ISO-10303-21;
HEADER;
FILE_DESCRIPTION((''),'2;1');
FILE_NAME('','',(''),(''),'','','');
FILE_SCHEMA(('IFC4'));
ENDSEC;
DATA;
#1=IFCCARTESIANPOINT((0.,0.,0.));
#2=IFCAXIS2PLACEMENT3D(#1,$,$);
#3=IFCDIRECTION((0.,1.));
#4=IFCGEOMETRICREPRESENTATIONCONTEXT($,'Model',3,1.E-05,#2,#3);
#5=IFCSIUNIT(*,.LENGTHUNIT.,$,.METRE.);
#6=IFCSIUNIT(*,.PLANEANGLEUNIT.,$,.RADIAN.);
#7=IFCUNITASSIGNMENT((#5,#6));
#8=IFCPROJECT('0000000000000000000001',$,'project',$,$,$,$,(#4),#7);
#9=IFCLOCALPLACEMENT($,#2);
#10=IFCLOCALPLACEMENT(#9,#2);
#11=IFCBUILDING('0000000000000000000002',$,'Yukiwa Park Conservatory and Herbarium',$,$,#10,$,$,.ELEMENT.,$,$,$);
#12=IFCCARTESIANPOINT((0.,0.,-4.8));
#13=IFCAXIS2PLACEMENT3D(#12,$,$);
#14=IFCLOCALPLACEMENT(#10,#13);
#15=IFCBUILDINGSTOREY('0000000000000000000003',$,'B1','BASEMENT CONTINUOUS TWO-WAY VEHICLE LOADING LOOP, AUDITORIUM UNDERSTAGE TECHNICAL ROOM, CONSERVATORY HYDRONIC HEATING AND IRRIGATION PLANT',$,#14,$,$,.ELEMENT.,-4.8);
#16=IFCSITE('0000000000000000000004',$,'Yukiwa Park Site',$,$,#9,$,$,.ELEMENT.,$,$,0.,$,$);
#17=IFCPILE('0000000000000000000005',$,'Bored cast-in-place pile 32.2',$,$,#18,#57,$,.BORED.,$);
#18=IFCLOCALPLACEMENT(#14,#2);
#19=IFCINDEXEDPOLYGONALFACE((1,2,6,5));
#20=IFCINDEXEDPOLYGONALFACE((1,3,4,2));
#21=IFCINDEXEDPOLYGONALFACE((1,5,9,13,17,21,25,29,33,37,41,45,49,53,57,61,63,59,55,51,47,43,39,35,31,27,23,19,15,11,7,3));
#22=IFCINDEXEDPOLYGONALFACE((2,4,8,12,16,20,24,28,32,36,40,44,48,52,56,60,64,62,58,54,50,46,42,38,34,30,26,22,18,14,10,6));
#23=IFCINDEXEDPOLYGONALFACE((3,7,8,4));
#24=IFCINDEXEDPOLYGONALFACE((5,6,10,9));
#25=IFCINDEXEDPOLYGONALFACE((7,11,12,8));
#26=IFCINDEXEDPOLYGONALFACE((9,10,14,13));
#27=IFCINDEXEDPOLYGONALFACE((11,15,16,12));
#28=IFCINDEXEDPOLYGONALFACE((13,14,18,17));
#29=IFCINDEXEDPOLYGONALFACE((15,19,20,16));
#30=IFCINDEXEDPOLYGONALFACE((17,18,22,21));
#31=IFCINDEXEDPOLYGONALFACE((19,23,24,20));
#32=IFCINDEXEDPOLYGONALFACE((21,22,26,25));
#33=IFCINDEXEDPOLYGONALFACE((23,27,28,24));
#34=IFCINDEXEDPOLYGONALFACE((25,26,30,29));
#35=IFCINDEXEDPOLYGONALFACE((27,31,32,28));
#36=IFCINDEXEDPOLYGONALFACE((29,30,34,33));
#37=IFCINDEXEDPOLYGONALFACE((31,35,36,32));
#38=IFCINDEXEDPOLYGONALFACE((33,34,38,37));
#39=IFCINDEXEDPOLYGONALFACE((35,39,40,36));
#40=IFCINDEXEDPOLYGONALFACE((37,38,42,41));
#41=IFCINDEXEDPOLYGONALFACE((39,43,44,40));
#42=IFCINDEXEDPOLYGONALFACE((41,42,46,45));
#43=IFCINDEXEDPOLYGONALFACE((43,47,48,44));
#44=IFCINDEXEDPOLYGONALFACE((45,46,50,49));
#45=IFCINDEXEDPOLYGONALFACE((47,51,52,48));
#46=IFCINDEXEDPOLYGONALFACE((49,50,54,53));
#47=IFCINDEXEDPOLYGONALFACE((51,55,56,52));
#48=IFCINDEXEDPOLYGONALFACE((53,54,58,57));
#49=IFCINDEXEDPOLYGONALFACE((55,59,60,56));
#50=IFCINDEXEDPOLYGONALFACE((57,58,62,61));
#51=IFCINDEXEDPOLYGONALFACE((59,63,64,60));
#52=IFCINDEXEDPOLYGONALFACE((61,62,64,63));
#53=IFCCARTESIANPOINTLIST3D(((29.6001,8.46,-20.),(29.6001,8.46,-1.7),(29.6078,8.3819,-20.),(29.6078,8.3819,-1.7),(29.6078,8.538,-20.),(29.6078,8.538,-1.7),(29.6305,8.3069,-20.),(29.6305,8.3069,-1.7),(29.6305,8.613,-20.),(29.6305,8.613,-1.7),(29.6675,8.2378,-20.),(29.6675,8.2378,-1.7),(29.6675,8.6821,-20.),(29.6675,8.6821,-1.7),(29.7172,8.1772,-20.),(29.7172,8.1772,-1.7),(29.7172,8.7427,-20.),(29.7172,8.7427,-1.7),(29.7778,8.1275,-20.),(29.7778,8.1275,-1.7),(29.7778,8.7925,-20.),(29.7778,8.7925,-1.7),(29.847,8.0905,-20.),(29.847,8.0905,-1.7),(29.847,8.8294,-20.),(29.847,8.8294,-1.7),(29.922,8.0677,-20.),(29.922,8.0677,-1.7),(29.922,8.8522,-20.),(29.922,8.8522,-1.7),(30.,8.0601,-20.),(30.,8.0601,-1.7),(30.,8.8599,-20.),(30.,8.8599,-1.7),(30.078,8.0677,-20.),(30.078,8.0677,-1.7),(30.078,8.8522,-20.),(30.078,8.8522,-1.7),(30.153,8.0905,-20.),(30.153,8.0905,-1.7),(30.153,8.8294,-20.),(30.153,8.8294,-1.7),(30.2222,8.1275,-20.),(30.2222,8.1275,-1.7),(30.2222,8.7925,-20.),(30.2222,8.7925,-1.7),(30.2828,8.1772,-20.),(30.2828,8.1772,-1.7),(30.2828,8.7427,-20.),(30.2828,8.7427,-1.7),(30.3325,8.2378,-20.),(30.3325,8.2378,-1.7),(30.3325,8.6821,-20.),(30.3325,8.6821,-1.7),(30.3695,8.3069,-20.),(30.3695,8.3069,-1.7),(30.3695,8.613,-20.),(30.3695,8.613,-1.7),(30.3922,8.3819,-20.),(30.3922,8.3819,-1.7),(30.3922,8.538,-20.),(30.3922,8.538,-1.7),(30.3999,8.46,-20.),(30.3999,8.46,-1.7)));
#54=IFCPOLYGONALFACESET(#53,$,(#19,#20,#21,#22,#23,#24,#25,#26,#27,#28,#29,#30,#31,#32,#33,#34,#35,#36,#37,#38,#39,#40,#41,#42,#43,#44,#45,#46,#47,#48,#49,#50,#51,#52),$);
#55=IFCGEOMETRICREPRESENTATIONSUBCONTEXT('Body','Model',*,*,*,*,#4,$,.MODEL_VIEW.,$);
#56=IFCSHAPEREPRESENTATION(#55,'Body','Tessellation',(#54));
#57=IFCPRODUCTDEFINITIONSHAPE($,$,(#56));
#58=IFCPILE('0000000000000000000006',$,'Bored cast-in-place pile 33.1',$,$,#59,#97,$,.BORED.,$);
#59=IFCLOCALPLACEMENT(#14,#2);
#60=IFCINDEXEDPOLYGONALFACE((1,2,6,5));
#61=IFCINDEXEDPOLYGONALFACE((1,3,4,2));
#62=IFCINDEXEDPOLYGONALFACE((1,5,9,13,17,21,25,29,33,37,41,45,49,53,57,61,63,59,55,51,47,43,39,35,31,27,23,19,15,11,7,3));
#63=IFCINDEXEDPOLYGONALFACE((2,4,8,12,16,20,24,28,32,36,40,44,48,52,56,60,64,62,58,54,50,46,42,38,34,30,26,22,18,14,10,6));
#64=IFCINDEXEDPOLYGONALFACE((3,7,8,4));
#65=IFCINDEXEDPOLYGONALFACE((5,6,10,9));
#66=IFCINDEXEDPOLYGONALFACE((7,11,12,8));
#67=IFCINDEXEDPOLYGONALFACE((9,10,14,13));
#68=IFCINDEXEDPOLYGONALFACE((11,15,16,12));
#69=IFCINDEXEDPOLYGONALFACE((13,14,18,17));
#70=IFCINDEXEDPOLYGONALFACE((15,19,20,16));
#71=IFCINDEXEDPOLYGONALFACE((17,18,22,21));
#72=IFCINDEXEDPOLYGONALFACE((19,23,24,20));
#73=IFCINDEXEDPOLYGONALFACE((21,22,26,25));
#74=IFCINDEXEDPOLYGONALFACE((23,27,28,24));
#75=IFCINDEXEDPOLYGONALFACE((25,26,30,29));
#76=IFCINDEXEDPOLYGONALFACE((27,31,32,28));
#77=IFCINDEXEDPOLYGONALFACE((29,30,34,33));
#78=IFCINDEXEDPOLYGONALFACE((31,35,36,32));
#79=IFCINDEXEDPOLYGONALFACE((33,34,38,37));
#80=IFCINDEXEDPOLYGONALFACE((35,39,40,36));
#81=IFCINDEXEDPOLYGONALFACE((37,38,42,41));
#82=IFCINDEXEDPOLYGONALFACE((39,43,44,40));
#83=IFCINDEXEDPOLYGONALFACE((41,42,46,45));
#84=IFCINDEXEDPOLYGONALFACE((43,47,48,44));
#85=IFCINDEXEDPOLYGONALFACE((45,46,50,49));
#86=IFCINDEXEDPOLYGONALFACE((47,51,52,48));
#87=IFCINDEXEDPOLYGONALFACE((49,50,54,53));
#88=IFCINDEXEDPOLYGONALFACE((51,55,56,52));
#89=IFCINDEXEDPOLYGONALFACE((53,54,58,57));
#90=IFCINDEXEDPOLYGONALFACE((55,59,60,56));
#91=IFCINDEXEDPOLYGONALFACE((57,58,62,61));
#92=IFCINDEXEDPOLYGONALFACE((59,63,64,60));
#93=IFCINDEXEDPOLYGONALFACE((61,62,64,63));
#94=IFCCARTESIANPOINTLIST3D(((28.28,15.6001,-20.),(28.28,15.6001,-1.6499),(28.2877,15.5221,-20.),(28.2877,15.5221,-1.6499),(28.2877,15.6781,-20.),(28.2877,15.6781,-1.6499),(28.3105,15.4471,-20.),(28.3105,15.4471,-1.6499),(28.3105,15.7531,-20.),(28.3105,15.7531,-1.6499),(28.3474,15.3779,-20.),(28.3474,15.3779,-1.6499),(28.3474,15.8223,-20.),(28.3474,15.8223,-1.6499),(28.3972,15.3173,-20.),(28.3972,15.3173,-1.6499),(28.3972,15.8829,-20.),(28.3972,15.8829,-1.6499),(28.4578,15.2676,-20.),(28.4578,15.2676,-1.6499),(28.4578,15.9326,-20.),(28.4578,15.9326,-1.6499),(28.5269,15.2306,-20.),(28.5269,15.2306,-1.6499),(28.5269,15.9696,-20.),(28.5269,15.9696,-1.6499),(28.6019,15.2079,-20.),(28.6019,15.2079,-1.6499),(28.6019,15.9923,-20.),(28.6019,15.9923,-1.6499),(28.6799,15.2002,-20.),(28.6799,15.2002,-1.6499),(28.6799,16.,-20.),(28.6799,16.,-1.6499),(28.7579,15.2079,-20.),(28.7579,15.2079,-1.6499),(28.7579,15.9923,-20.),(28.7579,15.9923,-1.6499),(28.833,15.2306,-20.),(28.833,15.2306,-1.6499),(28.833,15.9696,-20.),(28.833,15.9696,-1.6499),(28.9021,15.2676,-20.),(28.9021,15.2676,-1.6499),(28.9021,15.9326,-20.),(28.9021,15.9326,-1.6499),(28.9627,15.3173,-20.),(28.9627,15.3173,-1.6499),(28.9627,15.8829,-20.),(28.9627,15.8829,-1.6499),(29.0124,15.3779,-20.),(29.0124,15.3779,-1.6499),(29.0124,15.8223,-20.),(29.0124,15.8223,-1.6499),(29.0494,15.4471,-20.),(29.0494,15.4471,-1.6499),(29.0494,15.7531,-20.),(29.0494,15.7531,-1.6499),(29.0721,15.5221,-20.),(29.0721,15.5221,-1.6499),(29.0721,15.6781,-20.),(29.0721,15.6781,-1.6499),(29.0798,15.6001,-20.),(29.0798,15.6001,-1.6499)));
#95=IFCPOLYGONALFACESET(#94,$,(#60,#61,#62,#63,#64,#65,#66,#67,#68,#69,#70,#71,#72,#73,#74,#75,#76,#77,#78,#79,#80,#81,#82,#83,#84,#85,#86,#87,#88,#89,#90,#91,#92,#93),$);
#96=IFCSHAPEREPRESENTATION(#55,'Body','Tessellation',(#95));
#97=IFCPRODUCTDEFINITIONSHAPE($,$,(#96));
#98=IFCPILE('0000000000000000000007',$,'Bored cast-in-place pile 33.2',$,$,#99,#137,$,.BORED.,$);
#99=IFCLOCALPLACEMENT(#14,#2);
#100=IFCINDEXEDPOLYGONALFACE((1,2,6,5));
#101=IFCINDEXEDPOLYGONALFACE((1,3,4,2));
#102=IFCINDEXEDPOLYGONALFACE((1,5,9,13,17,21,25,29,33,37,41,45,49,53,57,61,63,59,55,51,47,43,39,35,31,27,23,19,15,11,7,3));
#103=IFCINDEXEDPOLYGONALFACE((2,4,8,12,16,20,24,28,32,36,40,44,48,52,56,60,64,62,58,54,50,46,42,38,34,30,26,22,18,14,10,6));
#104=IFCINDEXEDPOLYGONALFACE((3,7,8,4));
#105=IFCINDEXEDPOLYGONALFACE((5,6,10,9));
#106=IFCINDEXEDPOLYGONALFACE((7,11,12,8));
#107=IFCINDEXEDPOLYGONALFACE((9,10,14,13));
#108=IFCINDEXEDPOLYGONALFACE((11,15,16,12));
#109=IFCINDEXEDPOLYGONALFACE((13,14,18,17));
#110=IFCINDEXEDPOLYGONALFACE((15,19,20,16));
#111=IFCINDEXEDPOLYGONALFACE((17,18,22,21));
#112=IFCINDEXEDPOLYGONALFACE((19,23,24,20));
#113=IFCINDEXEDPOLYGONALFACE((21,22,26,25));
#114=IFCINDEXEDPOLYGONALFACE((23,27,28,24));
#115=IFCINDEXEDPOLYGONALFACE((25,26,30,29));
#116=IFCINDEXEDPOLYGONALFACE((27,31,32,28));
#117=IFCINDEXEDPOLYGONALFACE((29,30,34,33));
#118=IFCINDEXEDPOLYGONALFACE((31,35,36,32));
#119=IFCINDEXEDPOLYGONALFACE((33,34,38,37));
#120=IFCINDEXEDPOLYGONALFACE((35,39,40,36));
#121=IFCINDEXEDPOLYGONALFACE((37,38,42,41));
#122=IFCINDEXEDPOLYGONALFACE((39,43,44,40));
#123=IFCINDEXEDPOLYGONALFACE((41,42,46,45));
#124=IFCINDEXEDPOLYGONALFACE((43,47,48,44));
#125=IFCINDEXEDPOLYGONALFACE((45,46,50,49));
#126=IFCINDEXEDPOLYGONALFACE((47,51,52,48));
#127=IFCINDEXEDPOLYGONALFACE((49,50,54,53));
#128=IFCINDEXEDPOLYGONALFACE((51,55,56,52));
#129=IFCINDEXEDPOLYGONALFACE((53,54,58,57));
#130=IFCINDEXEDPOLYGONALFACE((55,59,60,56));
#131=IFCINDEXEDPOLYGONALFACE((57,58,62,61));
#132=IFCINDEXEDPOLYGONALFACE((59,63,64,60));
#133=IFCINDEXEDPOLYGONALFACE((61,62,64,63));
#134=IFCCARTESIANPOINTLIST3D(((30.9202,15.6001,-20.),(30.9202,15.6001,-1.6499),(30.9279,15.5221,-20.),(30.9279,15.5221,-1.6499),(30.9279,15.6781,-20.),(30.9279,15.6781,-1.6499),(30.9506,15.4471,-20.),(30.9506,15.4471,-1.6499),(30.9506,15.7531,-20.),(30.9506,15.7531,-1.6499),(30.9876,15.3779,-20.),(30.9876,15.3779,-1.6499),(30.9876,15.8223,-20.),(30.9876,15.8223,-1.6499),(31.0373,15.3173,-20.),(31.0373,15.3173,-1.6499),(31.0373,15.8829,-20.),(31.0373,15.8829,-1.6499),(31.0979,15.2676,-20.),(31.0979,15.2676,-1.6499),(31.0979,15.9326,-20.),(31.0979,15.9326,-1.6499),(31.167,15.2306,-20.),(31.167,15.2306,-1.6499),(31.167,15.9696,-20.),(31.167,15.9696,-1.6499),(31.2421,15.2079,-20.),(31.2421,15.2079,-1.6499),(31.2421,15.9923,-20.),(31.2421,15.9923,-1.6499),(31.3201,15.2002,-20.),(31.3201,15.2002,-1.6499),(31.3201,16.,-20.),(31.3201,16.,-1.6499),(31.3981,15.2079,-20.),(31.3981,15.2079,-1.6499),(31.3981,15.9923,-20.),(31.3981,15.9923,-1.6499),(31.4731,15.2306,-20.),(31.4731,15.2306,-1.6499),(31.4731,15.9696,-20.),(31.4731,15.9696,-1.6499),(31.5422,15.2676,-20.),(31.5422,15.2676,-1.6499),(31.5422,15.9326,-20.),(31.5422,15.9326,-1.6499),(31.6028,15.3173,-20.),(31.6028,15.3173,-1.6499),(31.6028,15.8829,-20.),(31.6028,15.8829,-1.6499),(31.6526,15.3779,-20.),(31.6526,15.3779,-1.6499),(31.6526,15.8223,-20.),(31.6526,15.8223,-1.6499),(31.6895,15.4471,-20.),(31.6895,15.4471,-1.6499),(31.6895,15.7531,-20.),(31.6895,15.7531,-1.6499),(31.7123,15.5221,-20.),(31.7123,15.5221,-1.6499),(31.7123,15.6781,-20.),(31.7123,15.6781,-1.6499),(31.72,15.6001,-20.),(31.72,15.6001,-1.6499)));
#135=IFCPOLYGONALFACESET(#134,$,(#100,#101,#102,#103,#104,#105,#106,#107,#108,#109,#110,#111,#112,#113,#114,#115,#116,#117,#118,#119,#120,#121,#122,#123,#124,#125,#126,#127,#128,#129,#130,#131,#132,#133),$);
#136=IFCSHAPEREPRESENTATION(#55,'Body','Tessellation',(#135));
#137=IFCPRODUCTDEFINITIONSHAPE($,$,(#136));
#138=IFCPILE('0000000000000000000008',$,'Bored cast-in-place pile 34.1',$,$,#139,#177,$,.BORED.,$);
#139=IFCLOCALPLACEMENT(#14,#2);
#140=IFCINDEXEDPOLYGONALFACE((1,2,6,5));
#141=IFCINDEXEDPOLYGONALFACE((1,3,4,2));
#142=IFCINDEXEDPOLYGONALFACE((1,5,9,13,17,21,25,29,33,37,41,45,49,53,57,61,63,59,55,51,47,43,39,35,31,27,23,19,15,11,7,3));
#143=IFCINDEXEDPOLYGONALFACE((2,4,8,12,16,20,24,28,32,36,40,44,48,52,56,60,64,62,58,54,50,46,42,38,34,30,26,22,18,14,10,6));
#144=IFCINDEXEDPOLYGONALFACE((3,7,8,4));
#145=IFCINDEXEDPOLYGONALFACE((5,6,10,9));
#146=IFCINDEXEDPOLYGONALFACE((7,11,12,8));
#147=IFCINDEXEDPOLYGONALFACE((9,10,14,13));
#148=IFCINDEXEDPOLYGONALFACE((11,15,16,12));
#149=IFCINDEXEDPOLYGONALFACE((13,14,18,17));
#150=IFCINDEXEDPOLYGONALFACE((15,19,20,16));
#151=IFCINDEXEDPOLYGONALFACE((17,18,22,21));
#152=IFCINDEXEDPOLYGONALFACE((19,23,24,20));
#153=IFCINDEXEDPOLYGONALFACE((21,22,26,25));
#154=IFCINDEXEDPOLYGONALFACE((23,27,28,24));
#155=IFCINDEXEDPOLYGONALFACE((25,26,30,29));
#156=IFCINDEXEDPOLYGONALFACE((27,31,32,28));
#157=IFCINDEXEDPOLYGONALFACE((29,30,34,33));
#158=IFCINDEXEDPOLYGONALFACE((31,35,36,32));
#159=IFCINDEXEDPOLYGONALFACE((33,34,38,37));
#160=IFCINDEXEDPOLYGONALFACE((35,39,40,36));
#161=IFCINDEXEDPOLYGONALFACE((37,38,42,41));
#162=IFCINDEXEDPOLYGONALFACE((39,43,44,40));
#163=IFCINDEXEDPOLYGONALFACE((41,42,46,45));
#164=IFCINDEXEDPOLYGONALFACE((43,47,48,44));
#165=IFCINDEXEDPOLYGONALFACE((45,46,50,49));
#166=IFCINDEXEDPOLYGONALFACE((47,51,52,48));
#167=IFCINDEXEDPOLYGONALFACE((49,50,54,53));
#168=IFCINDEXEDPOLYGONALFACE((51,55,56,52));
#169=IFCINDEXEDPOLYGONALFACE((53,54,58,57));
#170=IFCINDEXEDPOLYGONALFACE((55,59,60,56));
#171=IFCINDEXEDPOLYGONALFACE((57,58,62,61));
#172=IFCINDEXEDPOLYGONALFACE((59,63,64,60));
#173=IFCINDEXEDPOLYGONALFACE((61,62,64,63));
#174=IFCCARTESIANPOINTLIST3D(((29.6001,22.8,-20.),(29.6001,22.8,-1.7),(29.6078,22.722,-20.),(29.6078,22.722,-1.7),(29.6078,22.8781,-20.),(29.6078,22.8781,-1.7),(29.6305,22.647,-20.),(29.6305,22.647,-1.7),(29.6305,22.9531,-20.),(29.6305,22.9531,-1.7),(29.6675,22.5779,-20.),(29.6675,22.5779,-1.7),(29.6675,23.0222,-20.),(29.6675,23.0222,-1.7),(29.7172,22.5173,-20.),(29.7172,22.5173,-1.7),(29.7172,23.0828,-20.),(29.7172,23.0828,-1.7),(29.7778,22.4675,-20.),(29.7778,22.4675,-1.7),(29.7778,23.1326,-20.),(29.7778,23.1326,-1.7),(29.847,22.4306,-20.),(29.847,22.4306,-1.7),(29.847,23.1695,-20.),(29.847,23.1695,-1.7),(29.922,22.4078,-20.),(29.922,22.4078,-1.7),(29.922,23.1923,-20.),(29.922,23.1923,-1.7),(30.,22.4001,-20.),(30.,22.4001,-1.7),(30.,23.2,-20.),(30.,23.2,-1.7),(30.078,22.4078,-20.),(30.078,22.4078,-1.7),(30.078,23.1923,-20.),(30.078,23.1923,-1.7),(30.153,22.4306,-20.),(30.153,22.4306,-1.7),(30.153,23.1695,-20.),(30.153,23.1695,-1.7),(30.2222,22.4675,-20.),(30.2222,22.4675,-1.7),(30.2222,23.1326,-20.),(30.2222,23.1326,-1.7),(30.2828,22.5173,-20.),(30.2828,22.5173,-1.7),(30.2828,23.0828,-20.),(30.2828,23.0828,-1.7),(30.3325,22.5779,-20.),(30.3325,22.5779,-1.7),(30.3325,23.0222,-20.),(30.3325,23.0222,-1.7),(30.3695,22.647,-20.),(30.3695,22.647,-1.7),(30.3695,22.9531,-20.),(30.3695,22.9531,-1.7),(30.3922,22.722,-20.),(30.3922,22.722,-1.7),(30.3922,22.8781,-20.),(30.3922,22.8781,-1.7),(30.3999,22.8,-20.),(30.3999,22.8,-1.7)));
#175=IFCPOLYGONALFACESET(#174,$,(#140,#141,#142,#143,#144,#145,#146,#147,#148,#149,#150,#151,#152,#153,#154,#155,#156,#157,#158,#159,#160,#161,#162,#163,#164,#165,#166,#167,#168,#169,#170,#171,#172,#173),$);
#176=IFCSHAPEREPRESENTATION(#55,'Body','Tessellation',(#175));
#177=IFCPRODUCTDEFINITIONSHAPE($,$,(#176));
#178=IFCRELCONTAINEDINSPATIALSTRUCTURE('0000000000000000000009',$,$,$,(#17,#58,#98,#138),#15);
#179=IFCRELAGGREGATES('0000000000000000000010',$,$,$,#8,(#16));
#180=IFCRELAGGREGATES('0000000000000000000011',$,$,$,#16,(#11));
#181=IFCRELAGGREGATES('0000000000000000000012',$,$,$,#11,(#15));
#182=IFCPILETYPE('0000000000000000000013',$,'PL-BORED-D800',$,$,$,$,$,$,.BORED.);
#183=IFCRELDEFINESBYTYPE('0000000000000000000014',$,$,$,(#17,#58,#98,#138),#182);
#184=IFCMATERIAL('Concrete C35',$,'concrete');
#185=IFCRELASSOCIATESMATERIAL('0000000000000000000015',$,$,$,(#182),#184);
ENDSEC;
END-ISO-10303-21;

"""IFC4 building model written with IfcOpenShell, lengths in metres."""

from ifc_helpers import new_model, si_unit, direction, frame, origin, origin_2d, place, context, subcontext, project, spatial, circle, extrude, material, material_profile, profile_set, type_object, element, save


model = new_model("IFC4")

# Units and contexts
model_context = context("Model", 3, precision=1e-05, world=origin(), true_north=direction((0.0, 1.0)))
body_context = subcontext(model_context, "Body", "Model", "MODEL_VIEW")
ifc_project = project(units=[si_unit("LENGTHUNIT", "METRE"), si_unit("PLANEANGLEUNIT", "RADIAN")], contexts=[model_context])

# Site, building, storey
site_placement = place(None, origin())
site = spatial("IfcSite", under=ifc_project, at=site_placement, Name="Yukiwa Park Site", CompositionType="ELEMENT", RefElevation=0.0)
building_placement = place(site_placement, origin())
building = spatial("IfcBuilding", under=site, at=building_placement, Name="Yukiwa Park Conservatory and Herbarium", CompositionType="ELEMENT")
storey_placement = place(building_placement, frame((0.0, 0.0, -4.8)))
storey = spatial("IfcBuildingStorey", under=building, at=storey_placement, Name="B1", Description="BASEMENT CONTINUOUS TWO-WAY VEHICLE LOADING LOOP, AUDITORIUM UNDERSTAGE TECHNICAL ROOM, CONSERVATORY HYDRONIC HEATING AND IRRIGATION PLANT", CompositionType="ELEMENT", Elevation=-4.8)

# Piles
ifc_material_1 = material(Name="Concrete C35", Category="concrete")
ifc_material_profile_1 = material_profile(ifc_material_1, circle(Radius=0.3999, at=origin_2d()), Name="PILE D800")
ifc_profile_set_1 = profile_set([ifc_material_profile_1], Name="Concrete C35")
pile_type = type_object("IfcPileType", Name="PL-BORED-D800", PredefinedType="BORED", material=ifc_profile_set_1)
for number, where, z_axis, x_axis, name in (
    (1, (30.0, 8.46, -1.7), (0.0, 0.0, -1.0), (1.0, 0.0, 0.0), "Bored cast-in-place pile 32.2"),
):
    element("IfcPile", number, at=place(storey_placement, frame(where, z_axis=z_axis, x_axis=x_axis)), inside=storey, type_object=pile_type, Name=name, PredefinedType="BORED", context=body_context, shape_type="SweptSolid", body=[
        extrude(circle(Radius=0.3999, at=origin_2d()), origin(), (0.0, 0.0, 1.0), 18.3),
    ])
for number, where, z_axis, x_axis, name in (
    (2, (28.6799, 15.6001, -1.6499), (0.0, 0.0, -1.0), (1.0, 0.0, 0.0), "Bored cast-in-place pile 33.1"),
    (3, (31.3201, 15.6001, -1.6499), (0.0, 0.0, -1.0), (1.0, 0.0, 0.0), "Bored cast-in-place pile 33.2"),
):
    element("IfcPile", number, at=place(storey_placement, frame(where, z_axis=z_axis, x_axis=x_axis)), inside=storey, type_object=pile_type, Name=name, PredefinedType="BORED", context=body_context, shape_type="SweptSolid", body=[
        extrude(circle(Radius=0.3999, at=origin_2d()), origin(), (0.0, 0.0, 1.0), 18.3501),
    ])
for number, where, z_axis, x_axis, name in (
    (4, (30.0, 22.8, -1.7), (0.0, 0.0, -1.0), (1.0, 0.0, 0.0), "Bored cast-in-place pile 34.1"),
):
    element("IfcPile", number, at=place(storey_placement, frame(where, z_axis=z_axis, x_axis=x_axis)), inside=storey, type_object=pile_type, Name=name, PredefinedType="BORED", context=body_context, shape_type="SweptSolid", body=[
        extrude(circle(Radius=0.3999, at=origin_2d()), origin(), (0.0, 0.0, 1.0), 18.3),
    ])

save(model, "model.ifc")
